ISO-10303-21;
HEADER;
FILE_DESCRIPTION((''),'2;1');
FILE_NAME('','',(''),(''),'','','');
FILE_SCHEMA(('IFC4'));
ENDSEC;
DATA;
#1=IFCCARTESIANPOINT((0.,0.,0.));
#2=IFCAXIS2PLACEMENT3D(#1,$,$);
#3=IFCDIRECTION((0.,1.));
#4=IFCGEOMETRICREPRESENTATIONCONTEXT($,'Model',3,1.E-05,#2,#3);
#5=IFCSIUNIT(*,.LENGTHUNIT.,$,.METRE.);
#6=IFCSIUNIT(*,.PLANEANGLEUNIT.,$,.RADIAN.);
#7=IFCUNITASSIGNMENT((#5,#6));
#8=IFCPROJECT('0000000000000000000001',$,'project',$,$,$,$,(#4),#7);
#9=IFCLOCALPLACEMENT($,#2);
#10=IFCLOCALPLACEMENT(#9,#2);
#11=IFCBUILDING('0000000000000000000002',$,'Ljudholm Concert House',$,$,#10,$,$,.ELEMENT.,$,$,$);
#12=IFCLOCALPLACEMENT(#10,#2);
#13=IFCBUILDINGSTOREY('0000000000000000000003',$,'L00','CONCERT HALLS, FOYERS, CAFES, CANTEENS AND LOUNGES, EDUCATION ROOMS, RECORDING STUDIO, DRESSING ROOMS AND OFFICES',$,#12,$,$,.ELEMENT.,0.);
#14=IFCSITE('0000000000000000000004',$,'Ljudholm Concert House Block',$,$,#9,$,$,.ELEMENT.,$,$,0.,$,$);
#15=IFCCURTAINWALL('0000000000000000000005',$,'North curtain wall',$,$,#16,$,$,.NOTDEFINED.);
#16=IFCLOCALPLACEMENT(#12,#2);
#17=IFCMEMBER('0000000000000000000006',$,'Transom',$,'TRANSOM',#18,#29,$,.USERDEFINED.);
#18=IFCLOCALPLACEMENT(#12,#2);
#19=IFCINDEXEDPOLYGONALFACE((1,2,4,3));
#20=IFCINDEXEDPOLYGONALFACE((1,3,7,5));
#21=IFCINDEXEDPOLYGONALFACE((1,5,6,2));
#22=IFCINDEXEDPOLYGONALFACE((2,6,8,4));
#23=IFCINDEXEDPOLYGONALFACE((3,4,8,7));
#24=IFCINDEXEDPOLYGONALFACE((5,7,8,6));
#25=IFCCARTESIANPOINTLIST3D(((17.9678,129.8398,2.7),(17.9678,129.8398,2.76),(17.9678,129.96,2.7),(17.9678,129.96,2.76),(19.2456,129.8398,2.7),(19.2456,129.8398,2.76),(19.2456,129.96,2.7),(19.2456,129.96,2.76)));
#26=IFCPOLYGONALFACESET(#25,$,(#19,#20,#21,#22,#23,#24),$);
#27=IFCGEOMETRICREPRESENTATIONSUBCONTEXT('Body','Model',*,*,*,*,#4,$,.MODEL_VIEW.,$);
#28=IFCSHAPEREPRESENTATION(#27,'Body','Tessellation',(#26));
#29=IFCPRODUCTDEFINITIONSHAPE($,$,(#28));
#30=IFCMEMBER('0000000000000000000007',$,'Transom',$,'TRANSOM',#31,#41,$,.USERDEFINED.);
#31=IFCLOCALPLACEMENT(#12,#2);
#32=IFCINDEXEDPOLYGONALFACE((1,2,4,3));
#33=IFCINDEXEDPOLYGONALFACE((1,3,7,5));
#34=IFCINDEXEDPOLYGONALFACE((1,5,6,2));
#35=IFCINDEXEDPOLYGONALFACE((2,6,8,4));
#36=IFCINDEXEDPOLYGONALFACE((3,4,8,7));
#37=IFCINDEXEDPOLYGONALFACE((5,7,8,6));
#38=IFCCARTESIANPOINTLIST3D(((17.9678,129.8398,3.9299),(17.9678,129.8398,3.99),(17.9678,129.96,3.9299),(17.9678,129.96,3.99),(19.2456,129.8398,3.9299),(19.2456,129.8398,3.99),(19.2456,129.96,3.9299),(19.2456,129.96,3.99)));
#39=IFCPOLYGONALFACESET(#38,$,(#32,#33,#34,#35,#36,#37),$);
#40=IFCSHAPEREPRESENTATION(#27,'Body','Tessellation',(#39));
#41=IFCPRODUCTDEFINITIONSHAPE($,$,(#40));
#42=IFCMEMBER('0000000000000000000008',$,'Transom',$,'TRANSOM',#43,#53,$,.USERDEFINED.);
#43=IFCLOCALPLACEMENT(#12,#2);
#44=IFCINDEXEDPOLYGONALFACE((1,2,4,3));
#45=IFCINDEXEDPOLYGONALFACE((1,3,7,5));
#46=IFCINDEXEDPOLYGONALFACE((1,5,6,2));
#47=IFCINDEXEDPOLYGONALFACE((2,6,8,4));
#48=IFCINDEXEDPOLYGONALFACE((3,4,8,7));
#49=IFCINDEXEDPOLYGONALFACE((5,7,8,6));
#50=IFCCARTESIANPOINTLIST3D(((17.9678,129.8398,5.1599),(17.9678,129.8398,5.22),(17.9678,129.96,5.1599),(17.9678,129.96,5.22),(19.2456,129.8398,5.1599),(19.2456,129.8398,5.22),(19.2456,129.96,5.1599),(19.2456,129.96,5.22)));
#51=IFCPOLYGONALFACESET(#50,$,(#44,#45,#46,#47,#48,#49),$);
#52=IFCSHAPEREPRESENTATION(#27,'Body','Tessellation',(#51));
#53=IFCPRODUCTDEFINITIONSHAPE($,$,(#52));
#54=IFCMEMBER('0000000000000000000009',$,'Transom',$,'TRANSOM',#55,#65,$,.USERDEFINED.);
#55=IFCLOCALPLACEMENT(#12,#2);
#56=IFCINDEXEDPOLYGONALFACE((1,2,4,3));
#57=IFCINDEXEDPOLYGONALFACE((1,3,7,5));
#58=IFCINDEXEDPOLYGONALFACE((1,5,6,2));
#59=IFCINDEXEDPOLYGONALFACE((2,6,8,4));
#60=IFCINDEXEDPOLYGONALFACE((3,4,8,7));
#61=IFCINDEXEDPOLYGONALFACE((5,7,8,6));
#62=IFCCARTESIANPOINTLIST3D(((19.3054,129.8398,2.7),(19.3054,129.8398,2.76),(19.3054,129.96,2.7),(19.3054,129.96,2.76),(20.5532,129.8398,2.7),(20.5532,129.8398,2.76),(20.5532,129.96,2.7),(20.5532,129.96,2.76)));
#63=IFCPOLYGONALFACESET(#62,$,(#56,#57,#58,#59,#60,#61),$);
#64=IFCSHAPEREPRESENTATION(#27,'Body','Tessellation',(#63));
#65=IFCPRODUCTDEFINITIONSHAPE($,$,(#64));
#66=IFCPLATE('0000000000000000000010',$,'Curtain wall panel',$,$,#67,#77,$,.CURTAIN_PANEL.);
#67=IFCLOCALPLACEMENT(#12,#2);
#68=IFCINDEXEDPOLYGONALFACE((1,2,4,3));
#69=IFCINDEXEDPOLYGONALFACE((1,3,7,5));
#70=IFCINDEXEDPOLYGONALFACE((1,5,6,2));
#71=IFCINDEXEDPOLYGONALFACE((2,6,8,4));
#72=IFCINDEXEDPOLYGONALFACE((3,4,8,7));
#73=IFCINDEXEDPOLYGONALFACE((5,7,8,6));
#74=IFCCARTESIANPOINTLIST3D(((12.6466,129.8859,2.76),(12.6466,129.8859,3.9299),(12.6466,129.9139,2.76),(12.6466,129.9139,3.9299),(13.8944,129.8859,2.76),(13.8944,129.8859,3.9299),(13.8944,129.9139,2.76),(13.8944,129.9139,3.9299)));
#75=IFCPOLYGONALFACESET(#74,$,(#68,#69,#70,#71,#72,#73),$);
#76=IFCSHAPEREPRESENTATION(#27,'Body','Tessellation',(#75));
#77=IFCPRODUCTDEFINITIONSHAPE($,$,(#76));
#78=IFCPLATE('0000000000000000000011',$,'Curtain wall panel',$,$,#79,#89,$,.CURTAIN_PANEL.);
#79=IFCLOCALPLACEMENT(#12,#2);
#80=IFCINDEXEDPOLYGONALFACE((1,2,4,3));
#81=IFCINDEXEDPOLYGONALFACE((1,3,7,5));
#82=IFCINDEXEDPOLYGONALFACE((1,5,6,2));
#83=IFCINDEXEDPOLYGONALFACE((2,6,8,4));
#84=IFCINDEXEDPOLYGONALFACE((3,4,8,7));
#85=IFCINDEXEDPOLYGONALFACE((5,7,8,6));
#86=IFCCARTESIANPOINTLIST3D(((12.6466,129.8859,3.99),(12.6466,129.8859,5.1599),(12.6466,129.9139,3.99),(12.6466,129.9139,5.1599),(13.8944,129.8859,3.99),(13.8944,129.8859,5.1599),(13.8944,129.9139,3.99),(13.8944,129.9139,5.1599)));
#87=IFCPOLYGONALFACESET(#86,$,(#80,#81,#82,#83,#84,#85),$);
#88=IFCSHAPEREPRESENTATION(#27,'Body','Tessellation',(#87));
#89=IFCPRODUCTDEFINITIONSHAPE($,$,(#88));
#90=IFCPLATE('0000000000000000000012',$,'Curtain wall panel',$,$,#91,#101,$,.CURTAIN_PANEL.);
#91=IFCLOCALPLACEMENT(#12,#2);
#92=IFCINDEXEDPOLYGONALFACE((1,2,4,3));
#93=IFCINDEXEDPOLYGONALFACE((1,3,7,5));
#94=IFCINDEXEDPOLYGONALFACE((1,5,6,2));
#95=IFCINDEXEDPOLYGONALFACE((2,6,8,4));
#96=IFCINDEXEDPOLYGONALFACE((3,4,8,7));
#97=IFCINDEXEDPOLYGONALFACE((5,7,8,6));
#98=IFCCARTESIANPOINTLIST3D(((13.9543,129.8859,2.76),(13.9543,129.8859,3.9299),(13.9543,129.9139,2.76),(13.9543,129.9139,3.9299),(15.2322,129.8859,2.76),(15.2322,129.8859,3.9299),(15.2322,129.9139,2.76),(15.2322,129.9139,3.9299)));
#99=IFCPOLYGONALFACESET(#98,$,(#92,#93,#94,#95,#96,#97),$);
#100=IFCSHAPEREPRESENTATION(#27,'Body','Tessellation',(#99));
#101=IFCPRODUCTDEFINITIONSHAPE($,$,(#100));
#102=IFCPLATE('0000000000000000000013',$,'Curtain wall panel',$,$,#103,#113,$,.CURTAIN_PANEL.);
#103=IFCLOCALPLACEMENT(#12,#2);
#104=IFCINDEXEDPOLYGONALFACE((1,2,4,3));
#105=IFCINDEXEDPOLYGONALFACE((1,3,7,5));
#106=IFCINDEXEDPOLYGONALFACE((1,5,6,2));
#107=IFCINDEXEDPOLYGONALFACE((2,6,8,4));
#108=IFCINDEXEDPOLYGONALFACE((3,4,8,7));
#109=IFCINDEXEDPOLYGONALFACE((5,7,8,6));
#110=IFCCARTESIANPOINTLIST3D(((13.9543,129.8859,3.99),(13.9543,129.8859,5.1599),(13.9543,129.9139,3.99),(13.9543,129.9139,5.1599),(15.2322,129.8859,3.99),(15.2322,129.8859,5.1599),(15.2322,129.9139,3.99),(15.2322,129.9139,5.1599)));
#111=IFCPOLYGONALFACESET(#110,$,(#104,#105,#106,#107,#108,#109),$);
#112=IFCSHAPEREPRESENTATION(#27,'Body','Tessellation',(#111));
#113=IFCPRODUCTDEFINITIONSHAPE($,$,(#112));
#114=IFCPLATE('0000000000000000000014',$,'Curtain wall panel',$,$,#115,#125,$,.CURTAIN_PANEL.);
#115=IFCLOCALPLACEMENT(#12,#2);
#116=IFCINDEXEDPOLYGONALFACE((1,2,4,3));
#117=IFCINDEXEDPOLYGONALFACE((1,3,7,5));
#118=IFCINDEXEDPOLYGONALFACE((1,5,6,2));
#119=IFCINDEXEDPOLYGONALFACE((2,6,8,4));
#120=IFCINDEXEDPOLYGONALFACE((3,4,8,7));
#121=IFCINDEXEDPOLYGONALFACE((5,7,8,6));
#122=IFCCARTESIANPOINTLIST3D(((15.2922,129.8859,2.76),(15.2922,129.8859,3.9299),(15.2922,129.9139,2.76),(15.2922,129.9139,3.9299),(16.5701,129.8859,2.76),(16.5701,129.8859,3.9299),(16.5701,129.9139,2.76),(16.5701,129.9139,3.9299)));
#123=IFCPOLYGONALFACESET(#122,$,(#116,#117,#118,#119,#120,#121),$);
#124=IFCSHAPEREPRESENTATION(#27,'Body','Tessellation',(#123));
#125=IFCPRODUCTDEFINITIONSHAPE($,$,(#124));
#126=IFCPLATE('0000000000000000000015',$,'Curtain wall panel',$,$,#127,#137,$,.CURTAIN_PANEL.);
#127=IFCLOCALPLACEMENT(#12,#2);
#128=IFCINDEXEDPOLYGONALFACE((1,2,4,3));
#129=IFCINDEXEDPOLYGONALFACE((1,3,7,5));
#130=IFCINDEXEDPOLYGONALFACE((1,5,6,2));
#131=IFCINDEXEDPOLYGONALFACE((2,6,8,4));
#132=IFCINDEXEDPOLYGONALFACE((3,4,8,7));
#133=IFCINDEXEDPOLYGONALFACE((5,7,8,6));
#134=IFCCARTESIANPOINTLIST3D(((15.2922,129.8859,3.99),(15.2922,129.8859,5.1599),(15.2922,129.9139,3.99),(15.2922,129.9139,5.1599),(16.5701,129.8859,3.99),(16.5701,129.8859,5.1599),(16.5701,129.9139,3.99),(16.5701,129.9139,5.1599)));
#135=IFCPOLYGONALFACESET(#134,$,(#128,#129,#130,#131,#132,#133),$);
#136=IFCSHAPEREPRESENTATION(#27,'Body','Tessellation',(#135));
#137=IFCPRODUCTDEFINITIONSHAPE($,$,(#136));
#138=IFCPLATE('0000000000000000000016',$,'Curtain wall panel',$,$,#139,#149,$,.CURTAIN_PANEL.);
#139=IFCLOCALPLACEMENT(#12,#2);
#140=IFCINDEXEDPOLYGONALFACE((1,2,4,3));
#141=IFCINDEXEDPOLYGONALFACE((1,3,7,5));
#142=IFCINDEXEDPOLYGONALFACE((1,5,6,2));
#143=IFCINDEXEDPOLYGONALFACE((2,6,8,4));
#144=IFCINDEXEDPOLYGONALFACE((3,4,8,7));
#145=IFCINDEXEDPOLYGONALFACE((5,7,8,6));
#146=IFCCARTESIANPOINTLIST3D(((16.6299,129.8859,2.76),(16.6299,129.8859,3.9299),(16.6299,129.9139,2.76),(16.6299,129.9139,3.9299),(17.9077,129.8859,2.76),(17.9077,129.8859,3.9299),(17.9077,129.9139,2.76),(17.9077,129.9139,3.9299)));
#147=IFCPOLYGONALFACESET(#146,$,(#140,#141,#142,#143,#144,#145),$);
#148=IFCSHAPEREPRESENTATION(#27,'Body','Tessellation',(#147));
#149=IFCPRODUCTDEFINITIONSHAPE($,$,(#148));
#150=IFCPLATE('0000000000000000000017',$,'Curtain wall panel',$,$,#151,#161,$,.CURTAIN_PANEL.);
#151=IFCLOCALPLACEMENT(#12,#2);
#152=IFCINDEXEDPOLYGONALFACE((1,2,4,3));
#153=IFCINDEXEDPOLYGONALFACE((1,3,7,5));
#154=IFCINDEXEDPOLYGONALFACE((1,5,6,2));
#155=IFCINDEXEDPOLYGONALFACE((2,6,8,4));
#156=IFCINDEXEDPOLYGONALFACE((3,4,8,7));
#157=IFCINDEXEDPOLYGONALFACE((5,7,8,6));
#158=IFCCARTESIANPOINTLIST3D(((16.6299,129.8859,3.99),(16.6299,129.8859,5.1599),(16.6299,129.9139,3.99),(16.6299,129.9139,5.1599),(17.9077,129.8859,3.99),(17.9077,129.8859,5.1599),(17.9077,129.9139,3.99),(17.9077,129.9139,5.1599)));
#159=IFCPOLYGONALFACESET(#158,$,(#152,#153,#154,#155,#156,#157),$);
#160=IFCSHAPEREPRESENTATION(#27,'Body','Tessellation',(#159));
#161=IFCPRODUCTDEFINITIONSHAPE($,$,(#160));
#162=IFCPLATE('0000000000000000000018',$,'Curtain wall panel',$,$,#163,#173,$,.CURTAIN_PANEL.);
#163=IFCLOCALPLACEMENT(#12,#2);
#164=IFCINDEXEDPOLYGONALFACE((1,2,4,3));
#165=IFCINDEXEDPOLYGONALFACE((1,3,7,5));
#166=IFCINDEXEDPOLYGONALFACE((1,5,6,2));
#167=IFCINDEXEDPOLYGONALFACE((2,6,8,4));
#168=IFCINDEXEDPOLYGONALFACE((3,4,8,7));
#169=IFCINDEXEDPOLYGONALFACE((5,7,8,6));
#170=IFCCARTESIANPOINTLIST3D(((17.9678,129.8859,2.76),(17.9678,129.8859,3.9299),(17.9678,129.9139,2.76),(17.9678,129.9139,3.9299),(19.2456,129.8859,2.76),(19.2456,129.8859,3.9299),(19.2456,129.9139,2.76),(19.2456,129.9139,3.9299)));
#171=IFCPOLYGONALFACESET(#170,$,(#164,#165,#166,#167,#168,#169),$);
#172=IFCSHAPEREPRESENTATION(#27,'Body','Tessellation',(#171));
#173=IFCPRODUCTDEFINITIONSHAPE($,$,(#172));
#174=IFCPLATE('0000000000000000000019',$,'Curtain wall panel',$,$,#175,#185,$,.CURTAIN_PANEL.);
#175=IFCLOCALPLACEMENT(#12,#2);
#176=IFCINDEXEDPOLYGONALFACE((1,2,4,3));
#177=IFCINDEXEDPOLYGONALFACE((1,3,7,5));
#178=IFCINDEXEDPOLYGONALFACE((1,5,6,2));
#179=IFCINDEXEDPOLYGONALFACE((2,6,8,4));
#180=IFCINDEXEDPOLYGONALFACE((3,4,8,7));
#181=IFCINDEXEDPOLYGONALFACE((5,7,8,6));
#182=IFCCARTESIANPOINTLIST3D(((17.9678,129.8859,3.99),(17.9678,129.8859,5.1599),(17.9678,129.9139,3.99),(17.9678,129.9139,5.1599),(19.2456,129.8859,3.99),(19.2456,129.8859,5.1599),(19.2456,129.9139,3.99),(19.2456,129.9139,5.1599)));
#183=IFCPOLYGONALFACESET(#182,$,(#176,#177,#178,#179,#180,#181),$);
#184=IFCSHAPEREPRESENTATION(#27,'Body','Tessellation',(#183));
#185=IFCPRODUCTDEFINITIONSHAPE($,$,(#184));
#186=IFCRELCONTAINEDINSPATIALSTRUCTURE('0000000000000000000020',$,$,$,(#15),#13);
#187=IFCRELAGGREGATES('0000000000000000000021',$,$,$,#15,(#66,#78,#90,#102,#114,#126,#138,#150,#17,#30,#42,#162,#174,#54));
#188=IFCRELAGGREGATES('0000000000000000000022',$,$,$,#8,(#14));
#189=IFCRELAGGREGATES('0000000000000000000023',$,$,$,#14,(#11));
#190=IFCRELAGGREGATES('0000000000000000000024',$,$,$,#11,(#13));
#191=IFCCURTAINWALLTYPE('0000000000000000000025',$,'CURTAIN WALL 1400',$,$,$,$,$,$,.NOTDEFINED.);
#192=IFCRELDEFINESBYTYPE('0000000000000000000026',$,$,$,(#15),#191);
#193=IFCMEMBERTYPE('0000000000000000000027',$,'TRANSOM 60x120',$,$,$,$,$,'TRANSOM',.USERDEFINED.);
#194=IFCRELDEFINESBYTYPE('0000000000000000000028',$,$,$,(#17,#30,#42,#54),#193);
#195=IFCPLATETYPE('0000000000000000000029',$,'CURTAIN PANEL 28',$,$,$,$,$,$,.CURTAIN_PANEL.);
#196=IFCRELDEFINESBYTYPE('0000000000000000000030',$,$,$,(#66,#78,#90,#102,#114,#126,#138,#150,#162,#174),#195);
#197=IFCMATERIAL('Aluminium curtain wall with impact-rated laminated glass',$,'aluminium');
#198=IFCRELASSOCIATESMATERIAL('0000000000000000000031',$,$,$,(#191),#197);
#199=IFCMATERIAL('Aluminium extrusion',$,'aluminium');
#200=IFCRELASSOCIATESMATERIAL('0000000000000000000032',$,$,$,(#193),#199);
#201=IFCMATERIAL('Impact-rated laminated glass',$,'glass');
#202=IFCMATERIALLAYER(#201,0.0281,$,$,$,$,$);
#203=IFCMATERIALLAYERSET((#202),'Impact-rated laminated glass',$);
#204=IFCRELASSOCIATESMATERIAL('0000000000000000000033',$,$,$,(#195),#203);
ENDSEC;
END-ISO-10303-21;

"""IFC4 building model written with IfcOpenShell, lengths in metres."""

from ifc_helpers import new_model, si_unit, direction, frame, origin, origin_2d, place, context, subcontext, project, spatial, rectangle, extrude, material, layer, layer_set, material_profile, profile_set, type_object, element, aggregate, save


model = new_model("IFC4")

# Units and contexts
model_context = context("Model", 3, precision=1e-05, world=origin(), true_north=direction((0.0, 1.0)))
body_context = subcontext(model_context, "Body", "Model", "MODEL_VIEW")
ifc_project = project(units=[si_unit("LENGTHUNIT", "METRE"), si_unit("PLANEANGLEUNIT", "RADIAN")], contexts=[model_context])

# Site, building, storey
site_placement = place(None, origin())
site = spatial("IfcSite", under=ifc_project, at=site_placement, Name="Ljudholm Concert House Block", CompositionType="ELEMENT", RefElevation=0.0)
building_placement = place(site_placement, origin())
building = spatial("IfcBuilding", under=site, at=building_placement, Name="Ljudholm Concert House", CompositionType="ELEMENT")
storey_placement = place(building_placement, origin())
storey = spatial("IfcBuildingStorey", under=building, at=storey_placement, Name="L00", Description="CONCERT HALLS, FOYERS, CAFES, CANTEENS AND LOUNGES, EDUCATION ROOMS, RECORDING STUDIO, DRESSING ROOMS AND OFFICES", CompositionType="ELEMENT", Elevation=0.0)

# Curtain wall, members, plates
ifc_material_1 = material(Name="Aluminium curtain wall with impact-rated laminated glass", Category="aluminium")
curtain_wall_type = type_object("IfcCurtainWallType", Name="CURTAIN WALL 1400", PredefinedType="NOTDEFINED", material=ifc_material_1)
curtain_wall_placement = place(storey_placement, origin())
curtain_wall = element("IfcCurtainWall", 1, at=curtain_wall_placement, inside=storey, type_object=curtain_wall_type, Name="North curtain wall", PredefinedType="NOTDEFINED")
ifc_material_2 = material(Name="Aluminium extrusion", Category="aluminium")
ifc_material_profile_1 = material_profile(ifc_material_2, rectangle(XDim=0.1201, YDim=0.0601, at=origin_2d()), Name="TRANSOM 60x120")
ifc_profile_set_1 = profile_set([ifc_material_profile_1], Name="Aluminium extrusion")
member_type_1 = type_object("IfcMemberType", Name="TRANSOM 60x120", ElementType="TRANSOM", PredefinedType="USERDEFINED", material=ifc_profile_set_1)
member_1_placement = place(storey_placement, frame((17.9678, 129.8999, 2.73), z_axis=(1.0, 0.0, 0.0), x_axis=(0.0, 1.0, 0.0)))
member_1 = element("IfcMember", 2, at=member_1_placement, type_object=member_type_1, Name="Transom", ObjectType="TRANSOM", PredefinedType="USERDEFINED", context=body_context, shape_type="SweptSolid", body=[
    extrude(rectangle(XDim=0.1201, YDim=0.0601, at=origin_2d()), origin(), (0.0, 0.0, 1.0), 1.2778),
])
member_2_placement = place(storey_placement, frame((17.9678, 129.8999, 3.96), z_axis=(1.0, 0.0, 0.0), x_axis=(0.0, 1.0, 0.0)))
member_2 = element("IfcMember", 3, at=member_2_placement, type_object=member_type_1, Name="Transom", ObjectType="TRANSOM", PredefinedType="USERDEFINED", context=body_context, shape_type="SweptSolid", body=[
    extrude(rectangle(XDim=0.1201, YDim=0.0601, at=origin_2d()), origin(), (0.0, 0.0, 1.0), 1.2778),
])
member_3_placement = place(storey_placement, frame((17.9678, 129.8999, 5.1899), z_axis=(1.0, 0.0, 0.0), x_axis=(0.0, 1.0, 0.0)))
member_3 = element("IfcMember", 4, at=member_3_placement, type_object=member_type_1, Name="Transom", ObjectType="TRANSOM", PredefinedType="USERDEFINED", context=body_context, shape_type="SweptSolid", body=[
    extrude(rectangle(XDim=0.1201, YDim=0.0601, at=origin_2d()), origin(), (0.0, 0.0, 1.0), 1.2778),
])
member_4_placement = place(storey_placement, frame((19.3054, 129.8999, 2.73), z_axis=(1.0, 0.0, 0.0), x_axis=(0.0, 1.0, 0.0)))
member_4 = element("IfcMember", 5, at=member_4_placement, type_object=member_type_1, Name="Transom", ObjectType="TRANSOM", PredefinedType="USERDEFINED", context=body_context, shape_type="SweptSolid", body=[
    extrude(rectangle(XDim=0.1201, YDim=0.0601, at=origin_2d()), origin(), (0.0, 0.0, 1.0), 1.2478),
])
ifc_material_3 = material(Name="Impact-rated laminated glass", Category="glass")
ifc_layer = layer(ifc_material_3, 0.0281)
ifc_layer_set = layer_set([ifc_layer], Name="Impact-rated laminated glass")
plate_type = type_object("IfcPlateType", Name="CURTAIN PANEL 28", PredefinedType="CURTAIN_PANEL", material=ifc_layer_set)
plate_1_placement = place(storey_placement, frame((13.2705, 129.8999, 2.76), z_axis=(0.0, 0.0, 1.0), x_axis=(1.0, 0.0, 0.0)))
plate_1 = element("IfcPlate", 6, at=plate_1_placement, type_object=plate_type, Name="Curtain wall panel", PredefinedType="CURTAIN_PANEL", context=body_context, shape_type="SweptSolid", body=[
    extrude(rectangle(XDim=1.2478, YDim=0.0281, at=origin_2d()), origin(), (0.0, 0.0, 1.0), 1.1699),
])
plate_2_placement = place(storey_placement, frame((13.2705, 129.8999, 3.99), z_axis=(0.0, 0.0, 1.0), x_axis=(1.0, 0.0, 0.0)))
plate_2 = element("IfcPlate", 7, at=plate_2_placement, type_object=plate_type, Name="Curtain wall panel", PredefinedType="CURTAIN_PANEL", context=body_context, shape_type="SweptSolid", body=[
    extrude(rectangle(XDim=1.2478, YDim=0.0281, at=origin_2d()), origin(), (0.0, 0.0, 1.0), 1.1699),
])
plate_3_placement = place(storey_placement, frame((14.5933, 129.8999, 2.76), z_axis=(0.0, 0.0, 1.0), x_axis=(1.0, 0.0, 0.0)))
plate_3 = element("IfcPlate", 8, at=plate_3_placement, type_object=plate_type, Name="Curtain wall panel", PredefinedType="CURTAIN_PANEL", context=body_context, shape_type="SweptSolid", body=[
    extrude(rectangle(XDim=1.2778, YDim=0.0281, at=origin_2d()), origin(), (0.0, 0.0, 1.0), 1.1699),
])
plate_4_placement = place(storey_placement, frame((14.5933, 129.8999, 3.99), z_axis=(0.0, 0.0, 1.0), x_axis=(1.0, 0.0, 0.0)))
plate_4 = element("IfcPlate", 9, at=plate_4_placement, type_object=plate_type, Name="Curtain wall panel", PredefinedType="CURTAIN_PANEL", context=body_context, shape_type="SweptSolid", body=[
    extrude(rectangle(XDim=1.2778, YDim=0.0281, at=origin_2d()), origin(), (0.0, 0.0, 1.0), 1.1699),
])
plate_5_placement = place(storey_placement, frame((15.9312, 129.8999, 2.76), z_axis=(0.0, 0.0, 1.0), x_axis=(1.0, 0.0, 0.0)))
plate_5 = element("IfcPlate", 10, at=plate_5_placement, type_object=plate_type, Name="Curtain wall panel", PredefinedType="CURTAIN_PANEL", context=body_context, shape_type="SweptSolid", body=[
    extrude(rectangle(XDim=1.2778, YDim=0.0281, at=origin_2d()), origin(), (0.0, 0.0, 1.0), 1.1699),
])
plate_6_placement = place(storey_placement, frame((15.9312, 129.8999, 3.99), z_axis=(0.0, 0.0, 1.0), x_axis=(1.0, 0.0, 0.0)))
plate_6 = element("IfcPlate", 11, at=plate_6_placement, type_object=plate_type, Name="Curtain wall panel", PredefinedType="CURTAIN_PANEL", context=body_context, shape_type="SweptSolid", body=[
    extrude(rectangle(XDim=1.2778, YDim=0.0281, at=origin_2d()), origin(), (0.0, 0.0, 1.0), 1.1699),
])
plate_7_placement = place(storey_placement, frame((17.2688, 129.8999, 2.76), z_axis=(0.0, 0.0, 1.0), x_axis=(1.0, 0.0, 0.0)))
plate_7 = element("IfcPlate", 12, at=plate_7_placement, type_object=plate_type, Name="Curtain wall panel", PredefinedType="CURTAIN_PANEL", context=body_context, shape_type="SweptSolid", body=[
    extrude(rectangle(XDim=1.2778, YDim=0.0281, at=origin_2d()), origin(), (0.0, 0.0, 1.0), 1.1699),
])
plate_8_placement = place(storey_placement, frame((17.2688, 129.8999, 3.99), z_axis=(0.0, 0.0, 1.0), x_axis=(1.0, 0.0, 0.0)))
plate_8 = element("IfcPlate", 13, at=plate_8_placement, type_object=plate_type, Name="Curtain wall panel", PredefinedType="CURTAIN_PANEL", context=body_context, shape_type="SweptSolid", body=[
    extrude(rectangle(XDim=1.2778, YDim=0.0281, at=origin_2d()), origin(), (0.0, 0.0, 1.0), 1.1699),
])
plate_9_placement = place(storey_placement, frame((18.6067, 129.8999, 2.76), z_axis=(0.0, 0.0, 1.0), x_axis=(1.0, 0.0, 0.0)))
plate_9 = element("IfcPlate", 14, at=plate_9_placement, type_object=plate_type, Name="Curtain wall panel", PredefinedType="CURTAIN_PANEL", context=body_context, shape_type="SweptSolid", body=[
    extrude(rectangle(XDim=1.2778, YDim=0.0281, at=origin_2d()), origin(), (0.0, 0.0, 1.0), 1.1699),
])
plate_10_placement = place(storey_placement, frame((18.6067, 129.8999, 3.99), z_axis=(0.0, 0.0, 1.0), x_axis=(1.0, 0.0, 0.0)))
plate_10 = element("IfcPlate", 15, at=plate_10_placement, type_object=plate_type, Name="Curtain wall panel", PredefinedType="CURTAIN_PANEL", context=body_context, shape_type="SweptSolid", body=[
    extrude(rectangle(XDim=1.2778, YDim=0.0281, at=origin_2d()), origin(), (0.0, 0.0, 1.0), 1.1699),
])
aggregate(curtain_wall, [plate_1, plate_2, plate_3, plate_4, plate_5, plate_6, plate_7, plate_8, member_1, member_2, member_3, plate_9, plate_10, member_4])

save(model, "model.ifc")
